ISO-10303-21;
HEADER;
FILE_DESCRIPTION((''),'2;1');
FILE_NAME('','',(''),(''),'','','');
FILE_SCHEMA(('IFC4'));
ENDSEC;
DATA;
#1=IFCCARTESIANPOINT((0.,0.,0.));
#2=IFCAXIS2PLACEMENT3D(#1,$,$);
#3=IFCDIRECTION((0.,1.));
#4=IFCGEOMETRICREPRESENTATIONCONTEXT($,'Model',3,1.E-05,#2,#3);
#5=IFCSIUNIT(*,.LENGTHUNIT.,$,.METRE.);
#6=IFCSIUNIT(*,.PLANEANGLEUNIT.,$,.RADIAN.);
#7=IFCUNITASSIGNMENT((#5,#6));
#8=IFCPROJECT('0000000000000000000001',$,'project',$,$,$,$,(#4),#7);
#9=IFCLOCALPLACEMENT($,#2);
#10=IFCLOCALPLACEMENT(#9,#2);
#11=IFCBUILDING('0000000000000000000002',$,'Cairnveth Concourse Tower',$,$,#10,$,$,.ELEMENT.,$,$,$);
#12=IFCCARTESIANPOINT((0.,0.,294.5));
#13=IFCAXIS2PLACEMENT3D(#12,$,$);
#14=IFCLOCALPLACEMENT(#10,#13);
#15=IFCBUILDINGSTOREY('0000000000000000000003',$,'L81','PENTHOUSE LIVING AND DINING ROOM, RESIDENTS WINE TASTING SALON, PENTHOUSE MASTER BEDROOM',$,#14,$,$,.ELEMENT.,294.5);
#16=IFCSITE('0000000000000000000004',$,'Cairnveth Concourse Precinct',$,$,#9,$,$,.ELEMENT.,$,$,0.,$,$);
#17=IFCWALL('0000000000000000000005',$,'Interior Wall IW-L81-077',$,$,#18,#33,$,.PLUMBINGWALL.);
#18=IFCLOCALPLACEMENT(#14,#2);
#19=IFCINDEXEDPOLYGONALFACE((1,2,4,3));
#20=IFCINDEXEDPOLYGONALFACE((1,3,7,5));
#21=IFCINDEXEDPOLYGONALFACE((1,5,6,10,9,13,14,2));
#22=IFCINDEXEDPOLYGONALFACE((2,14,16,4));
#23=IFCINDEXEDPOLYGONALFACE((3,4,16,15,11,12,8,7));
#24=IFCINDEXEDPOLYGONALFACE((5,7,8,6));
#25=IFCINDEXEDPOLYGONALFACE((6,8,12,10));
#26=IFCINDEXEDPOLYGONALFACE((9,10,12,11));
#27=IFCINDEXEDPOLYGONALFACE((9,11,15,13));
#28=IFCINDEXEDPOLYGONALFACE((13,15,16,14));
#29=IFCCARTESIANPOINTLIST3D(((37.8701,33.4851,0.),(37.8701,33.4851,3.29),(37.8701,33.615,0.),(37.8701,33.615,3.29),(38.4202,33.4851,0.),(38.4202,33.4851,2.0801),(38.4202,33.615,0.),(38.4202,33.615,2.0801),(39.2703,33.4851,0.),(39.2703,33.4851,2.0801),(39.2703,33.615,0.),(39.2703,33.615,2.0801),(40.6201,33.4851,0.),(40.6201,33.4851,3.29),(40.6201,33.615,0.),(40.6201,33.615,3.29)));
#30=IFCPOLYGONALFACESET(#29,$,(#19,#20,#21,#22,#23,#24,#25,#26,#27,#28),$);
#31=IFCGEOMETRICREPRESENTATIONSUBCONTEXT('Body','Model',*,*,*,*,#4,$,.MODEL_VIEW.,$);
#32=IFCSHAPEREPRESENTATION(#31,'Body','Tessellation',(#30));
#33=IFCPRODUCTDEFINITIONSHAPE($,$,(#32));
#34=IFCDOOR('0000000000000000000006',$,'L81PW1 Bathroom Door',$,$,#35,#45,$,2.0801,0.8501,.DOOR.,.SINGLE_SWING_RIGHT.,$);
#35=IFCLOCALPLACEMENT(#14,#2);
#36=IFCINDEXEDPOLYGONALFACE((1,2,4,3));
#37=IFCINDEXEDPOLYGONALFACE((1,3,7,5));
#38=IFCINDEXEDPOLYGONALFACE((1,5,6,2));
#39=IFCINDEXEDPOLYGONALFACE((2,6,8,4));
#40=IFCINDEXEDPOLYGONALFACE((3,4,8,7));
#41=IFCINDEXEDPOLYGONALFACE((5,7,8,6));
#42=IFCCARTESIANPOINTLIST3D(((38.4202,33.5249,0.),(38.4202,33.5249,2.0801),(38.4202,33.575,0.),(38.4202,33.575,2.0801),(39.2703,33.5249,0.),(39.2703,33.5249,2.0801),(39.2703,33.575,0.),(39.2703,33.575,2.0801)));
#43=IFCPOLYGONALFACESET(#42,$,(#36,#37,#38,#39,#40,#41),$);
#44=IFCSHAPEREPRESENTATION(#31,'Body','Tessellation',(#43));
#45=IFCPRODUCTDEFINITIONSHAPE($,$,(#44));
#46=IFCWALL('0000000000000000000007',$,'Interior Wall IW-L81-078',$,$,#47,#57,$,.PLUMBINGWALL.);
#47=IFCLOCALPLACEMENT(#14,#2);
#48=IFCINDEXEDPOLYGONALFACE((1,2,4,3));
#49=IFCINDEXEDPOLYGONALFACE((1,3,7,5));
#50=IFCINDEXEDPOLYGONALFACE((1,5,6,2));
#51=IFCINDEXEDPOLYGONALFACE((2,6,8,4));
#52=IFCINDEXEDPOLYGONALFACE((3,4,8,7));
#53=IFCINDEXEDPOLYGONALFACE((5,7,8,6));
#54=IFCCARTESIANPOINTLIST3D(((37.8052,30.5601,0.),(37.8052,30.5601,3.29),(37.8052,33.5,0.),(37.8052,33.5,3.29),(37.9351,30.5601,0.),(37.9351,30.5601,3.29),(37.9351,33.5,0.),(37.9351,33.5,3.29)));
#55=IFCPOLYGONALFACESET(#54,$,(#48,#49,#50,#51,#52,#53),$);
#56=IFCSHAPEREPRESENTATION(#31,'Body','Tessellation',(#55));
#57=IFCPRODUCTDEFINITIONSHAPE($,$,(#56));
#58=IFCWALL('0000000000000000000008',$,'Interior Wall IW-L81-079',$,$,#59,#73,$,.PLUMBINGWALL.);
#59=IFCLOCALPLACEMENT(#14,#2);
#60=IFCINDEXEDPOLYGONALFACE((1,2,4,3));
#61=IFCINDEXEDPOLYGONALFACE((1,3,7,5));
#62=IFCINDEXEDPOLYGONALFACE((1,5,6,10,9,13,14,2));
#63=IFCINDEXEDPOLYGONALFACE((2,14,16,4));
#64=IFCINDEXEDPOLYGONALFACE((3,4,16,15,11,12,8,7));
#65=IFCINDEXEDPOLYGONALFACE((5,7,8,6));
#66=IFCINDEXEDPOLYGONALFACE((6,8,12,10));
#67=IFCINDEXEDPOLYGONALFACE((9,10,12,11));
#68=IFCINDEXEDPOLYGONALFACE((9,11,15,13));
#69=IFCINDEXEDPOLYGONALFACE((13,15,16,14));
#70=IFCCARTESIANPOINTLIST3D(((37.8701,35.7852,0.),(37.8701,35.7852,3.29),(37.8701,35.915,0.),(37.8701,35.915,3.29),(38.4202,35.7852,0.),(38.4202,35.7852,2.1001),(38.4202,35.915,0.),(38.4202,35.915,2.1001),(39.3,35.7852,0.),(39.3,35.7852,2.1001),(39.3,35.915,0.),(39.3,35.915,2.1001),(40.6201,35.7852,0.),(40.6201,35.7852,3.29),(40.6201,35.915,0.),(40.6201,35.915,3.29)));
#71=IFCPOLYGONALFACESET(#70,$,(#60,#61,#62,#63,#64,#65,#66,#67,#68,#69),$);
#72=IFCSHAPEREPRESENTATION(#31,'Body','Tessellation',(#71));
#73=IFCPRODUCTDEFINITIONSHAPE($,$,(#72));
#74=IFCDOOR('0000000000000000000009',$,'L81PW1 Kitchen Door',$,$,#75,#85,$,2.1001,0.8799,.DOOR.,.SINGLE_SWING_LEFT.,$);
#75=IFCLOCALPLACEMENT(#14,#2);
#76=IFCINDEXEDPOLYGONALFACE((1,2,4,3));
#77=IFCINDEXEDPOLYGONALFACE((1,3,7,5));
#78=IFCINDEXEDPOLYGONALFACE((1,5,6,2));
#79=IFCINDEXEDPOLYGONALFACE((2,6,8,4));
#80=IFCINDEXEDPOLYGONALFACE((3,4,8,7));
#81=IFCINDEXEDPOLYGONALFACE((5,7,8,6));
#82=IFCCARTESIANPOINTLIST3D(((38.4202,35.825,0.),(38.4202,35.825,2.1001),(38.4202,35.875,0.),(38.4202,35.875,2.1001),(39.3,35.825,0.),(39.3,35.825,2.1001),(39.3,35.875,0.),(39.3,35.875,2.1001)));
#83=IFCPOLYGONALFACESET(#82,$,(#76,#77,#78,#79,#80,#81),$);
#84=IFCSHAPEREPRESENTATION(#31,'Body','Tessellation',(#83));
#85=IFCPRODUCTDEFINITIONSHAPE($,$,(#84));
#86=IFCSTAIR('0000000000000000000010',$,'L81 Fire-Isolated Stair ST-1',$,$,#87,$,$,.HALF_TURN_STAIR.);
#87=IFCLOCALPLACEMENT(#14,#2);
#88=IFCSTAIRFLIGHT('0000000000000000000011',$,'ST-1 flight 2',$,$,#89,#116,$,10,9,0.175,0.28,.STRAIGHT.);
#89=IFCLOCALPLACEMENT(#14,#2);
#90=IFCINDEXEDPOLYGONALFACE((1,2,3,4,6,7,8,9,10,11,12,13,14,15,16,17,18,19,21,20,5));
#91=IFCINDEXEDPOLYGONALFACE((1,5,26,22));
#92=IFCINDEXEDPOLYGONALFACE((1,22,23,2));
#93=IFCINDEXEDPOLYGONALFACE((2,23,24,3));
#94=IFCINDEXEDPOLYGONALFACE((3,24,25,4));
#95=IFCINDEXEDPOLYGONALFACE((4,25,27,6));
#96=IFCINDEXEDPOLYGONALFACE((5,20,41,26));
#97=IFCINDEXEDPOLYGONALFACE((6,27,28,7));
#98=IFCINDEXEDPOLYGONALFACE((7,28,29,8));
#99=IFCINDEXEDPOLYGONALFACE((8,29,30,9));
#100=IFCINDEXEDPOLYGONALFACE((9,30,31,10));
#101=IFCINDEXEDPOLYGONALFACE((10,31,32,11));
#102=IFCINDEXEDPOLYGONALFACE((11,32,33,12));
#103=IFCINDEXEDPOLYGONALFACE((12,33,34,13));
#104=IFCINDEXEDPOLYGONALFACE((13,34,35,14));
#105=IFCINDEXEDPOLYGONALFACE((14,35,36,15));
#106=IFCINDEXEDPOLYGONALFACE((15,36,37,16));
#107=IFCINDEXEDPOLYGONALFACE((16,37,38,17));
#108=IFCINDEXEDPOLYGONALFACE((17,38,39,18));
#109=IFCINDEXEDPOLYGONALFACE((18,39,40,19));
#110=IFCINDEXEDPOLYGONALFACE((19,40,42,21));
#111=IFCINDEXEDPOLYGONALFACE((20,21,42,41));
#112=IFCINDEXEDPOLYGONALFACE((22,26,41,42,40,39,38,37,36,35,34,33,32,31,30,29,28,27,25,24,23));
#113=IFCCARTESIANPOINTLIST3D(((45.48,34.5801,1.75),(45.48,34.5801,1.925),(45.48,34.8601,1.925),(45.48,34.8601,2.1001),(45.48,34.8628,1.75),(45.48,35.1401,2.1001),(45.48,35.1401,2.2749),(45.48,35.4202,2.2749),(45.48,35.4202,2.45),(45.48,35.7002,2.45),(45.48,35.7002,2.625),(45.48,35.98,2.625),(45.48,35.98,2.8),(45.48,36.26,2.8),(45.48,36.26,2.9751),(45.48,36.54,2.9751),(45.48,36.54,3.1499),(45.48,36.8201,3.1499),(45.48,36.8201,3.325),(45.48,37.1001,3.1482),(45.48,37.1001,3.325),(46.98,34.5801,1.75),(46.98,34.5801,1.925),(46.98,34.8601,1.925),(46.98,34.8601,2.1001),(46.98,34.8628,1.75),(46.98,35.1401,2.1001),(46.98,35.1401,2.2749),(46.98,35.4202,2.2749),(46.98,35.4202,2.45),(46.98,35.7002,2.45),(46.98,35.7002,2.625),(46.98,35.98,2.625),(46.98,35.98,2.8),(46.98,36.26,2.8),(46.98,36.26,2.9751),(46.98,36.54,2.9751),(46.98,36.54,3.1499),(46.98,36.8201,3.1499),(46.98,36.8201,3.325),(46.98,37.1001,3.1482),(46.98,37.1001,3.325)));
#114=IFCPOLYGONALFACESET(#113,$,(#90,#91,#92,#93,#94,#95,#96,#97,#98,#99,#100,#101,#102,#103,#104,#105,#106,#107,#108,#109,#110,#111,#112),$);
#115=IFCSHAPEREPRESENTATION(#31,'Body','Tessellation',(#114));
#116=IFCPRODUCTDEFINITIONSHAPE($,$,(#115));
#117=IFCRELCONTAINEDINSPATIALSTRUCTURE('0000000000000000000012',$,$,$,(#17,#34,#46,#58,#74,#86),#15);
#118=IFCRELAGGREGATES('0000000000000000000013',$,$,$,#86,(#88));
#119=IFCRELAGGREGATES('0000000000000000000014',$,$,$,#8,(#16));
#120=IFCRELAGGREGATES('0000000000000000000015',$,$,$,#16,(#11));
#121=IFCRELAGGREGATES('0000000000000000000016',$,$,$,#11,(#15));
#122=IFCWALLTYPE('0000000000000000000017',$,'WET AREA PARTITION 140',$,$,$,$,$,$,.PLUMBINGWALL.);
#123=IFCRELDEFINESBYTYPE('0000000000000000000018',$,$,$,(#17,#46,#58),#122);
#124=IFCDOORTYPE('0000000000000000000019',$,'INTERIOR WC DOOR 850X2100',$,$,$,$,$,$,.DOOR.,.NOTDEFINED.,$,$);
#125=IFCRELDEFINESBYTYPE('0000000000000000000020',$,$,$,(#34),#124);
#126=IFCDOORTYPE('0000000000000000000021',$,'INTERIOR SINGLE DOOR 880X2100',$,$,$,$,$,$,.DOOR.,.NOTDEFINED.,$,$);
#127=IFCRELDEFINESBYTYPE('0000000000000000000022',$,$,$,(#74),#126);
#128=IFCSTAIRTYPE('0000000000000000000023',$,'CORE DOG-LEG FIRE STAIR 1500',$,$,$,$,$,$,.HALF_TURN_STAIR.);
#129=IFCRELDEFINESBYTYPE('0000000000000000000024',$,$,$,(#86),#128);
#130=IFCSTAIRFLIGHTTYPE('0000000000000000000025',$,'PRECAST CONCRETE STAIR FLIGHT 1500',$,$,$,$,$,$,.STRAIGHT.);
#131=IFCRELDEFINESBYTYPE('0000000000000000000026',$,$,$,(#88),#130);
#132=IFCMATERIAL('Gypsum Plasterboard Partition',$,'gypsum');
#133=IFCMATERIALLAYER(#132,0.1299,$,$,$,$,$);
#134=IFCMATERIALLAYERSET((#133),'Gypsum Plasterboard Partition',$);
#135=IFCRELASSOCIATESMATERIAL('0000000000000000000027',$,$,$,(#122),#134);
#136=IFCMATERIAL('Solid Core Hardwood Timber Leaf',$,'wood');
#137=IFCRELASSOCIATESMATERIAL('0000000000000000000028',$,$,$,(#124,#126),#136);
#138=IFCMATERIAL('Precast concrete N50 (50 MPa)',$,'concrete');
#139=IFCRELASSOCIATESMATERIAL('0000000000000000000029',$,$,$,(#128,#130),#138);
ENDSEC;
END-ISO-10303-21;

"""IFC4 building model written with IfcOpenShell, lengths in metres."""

from ifc_helpers import new_model, si_unit, direction, frame, frame_2d, origin, place, context, subcontext, project, spatial, polyline, rectangle, outline, extrude, material, layer, layer_set, type_object, element, fill, aggregate, save


model = new_model("IFC4")

# Units and contexts
model_context = context("Model", 3, precision=1e-05, world=origin(), true_north=direction((0.0, 1.0)))
body_context = subcontext(model_context, "Body", "Model", "MODEL_VIEW")
ifc_project = project(units=[si_unit("LENGTHUNIT", "METRE"), si_unit("PLANEANGLEUNIT", "RADIAN")], contexts=[model_context])

# Site, building, storey
site_placement = place(None, origin())
site = spatial("IfcSite", under=ifc_project, at=site_placement, Name="Cairnveth Concourse Precinct", CompositionType="ELEMENT", RefElevation=0.0)
building_placement = place(site_placement, origin())
building = spatial("IfcBuilding", under=site, at=building_placement, Name="Cairnveth Concourse Tower", CompositionType="ELEMENT")
storey_placement = place(building_placement, frame((0.0, 0.0, 294.5)))
storey = spatial("IfcBuildingStorey", under=building, at=storey_placement, Name="L81", Description="PENTHOUSE LIVING AND DINING ROOM, RESIDENTS WINE TASTING SALON, PENTHOUSE MASTER BEDROOM", CompositionType="ELEMENT", Elevation=294.5)

# Shared definitions
ifc_material_1 = material(Name="Gypsum Plasterboard Partition", Category="gypsum")

# Shared definitions
ifc_material_2 = material(Name="Solid Core Hardwood Timber Leaf", Category="wood")

# Wall, opening, door
ifc_layer_1 = layer(ifc_material_1, 0.1299)
ifc_layer_set_1 = layer_set([ifc_layer_1], Name="Gypsum Plasterboard Partition")
wall_type_1 = type_object("IfcWallType", Name="WET AREA PARTITION 140", PredefinedType="PLUMBINGWALL", material=ifc_layer_set_1)
wall_1_placement = place(storey_placement, frame((37.8701, 33.55, 0.0), z_axis=(0.0, 0.0, 1.0), x_axis=(1.0, 0.0, 0.0)))
wall_1 = element("IfcWall", 1, at=wall_1_placement, inside=storey, type_object=wall_type_1, Name="Interior Wall IW-L81-077", PredefinedType="PLUMBINGWALL", context=body_context, shape_type="SweptSolid", body=[
    extrude(rectangle(XDim=2.75, YDim=0.1299, at=frame_2d((1.375, 0.0))), origin(), (0.0, 0.0, 1.0), 3.29),
])
opening_1_placement = place(wall_1_placement, frame((0.55, 0.0, 0.0)))
opening_1 = element("IfcOpeningElement", 2, at=opening_1_placement, cuts=wall_1, PredefinedType="OPENING", context=body_context, shape_type="SweptSolid", body=[
    extrude(rectangle(XDim=0.8501, YDim=2.0801, at=frame_2d((0.425, 1.04))), frame((0.0, 0.075, 0.0), z_axis=(0.0, -1.0, 0.0), x_axis=(1.0, 0.0, 0.0)), (0.0, 0.0, 1.0), 0.1499),
])
door_type_1 = type_object("IfcDoorType", Name="INTERIOR WC DOOR 850X2100", OperationType="NOTDEFINED", PredefinedType="DOOR", material=ifc_material_2)
door_1_placement = place(opening_1_placement, origin())
door_1 = element("IfcDoor", 3, at=door_1_placement, inside=storey, type_object=door_type_1, Name="L81PW1 Bathroom Door", OperationType="SINGLE_SWING_RIGHT", OverallHeight=2.0801, OverallWidth=0.8501, PredefinedType="DOOR", context=body_context, shape_type="SweptSolid", body=[
    extrude(rectangle(XDim=0.8501, YDim=2.0801, at=frame_2d((0.425, 1.04))), frame((0.0, 0.0249, 0.0), z_axis=(0.0, -1.0, 0.0), x_axis=(1.0, 0.0, 0.0)), (0.0, 0.0, 1.0), 0.05),
])
fill(opening_1, door_1)

# Wall
wall_2_placement = place(storey_placement, frame((37.8701, 30.5601, 0.0), z_axis=(0.0, 0.0, 1.0), x_axis=(0.0, 1.0, 0.0)))
element("IfcWall", 4, at=wall_2_placement, inside=storey, type_object=wall_type_1, Name="Interior Wall IW-L81-078", PredefinedType="PLUMBINGWALL", context=body_context, shape_type="SweptSolid", body=[
    extrude(rectangle(XDim=2.9399, YDim=0.1299, at=frame_2d((1.47, 0.0))), origin(), (0.0, 0.0, 1.0), 3.29),
])

# Wall, opening, door
wall_3_placement = place(storey_placement, frame((37.8701, 35.8501, 0.0), z_axis=(0.0, 0.0, 1.0), x_axis=(1.0, 0.0, 0.0)))
wall_3 = element("IfcWall", 5, at=wall_3_placement, inside=storey, type_object=wall_type_1, Name="Interior Wall IW-L81-079", PredefinedType="PLUMBINGWALL", context=body_context, shape_type="SweptSolid", body=[
    extrude(rectangle(XDim=2.75, YDim=0.1299, at=frame_2d((1.375, 0.0))), origin(), (0.0, 0.0, 1.0), 3.29),
])
opening_2_placement = place(wall_3_placement, frame((0.55, 0.0, 0.0)))
opening_2 = element("IfcOpeningElement", 6, at=opening_2_placement, cuts=wall_3, PredefinedType="OPENING", context=body_context, shape_type="SweptSolid", body=[
    extrude(rectangle(XDim=0.8799, YDim=2.1001, at=frame_2d((0.4399, 1.05))), frame((0.0, 0.075, 0.0), z_axis=(0.0, -1.0, 0.0), x_axis=(1.0, 0.0, 0.0)), (0.0, 0.0, 1.0), 0.1499),
])
door_type_2 = type_object("IfcDoorType", Name="INTERIOR SINGLE DOOR 880X2100", OperationType="NOTDEFINED", PredefinedType="DOOR", material=ifc_material_2)
door_2_placement = place(opening_2_placement, origin())
door_2 = element("IfcDoor", 7, at=door_2_placement, inside=storey, type_object=door_type_2, Name="L81PW1 Kitchen Door", OperationType="SINGLE_SWING_LEFT", OverallHeight=2.1001, OverallWidth=0.8799, PredefinedType="DOOR", context=body_context, shape_type="SweptSolid", body=[
    extrude(rectangle(XDim=0.8799, YDim=2.1001, at=frame_2d((0.4399, 1.05))), frame((0.0, 0.0249, 0.0), z_axis=(0.0, -1.0, 0.0), x_axis=(1.0, 0.0, 0.0)), (0.0, 0.0, 1.0), 0.05),
])
fill(opening_2, door_2)

# Stair, stair flight
ifc_material_3 = material(Name="Precast concrete N50 (50 MPa)", Category="concrete")
stair_type = type_object("IfcStairType", Name="CORE DOG-LEG FIRE STAIR 1500", PredefinedType="HALF_TURN_STAIR", material=ifc_material_3)
stair_placement = place(storey_placement, origin())
stair = element("IfcStair", 8, at=stair_placement, inside=storey, type_object=stair_type, Name="L81 Fire-Isolated Stair ST-1", PredefinedType="HALF_TURN_STAIR")
stair_flight_type = type_object("IfcStairFlightType", Name="PRECAST CONCRETE STAIR FLIGHT 1500", PredefinedType="STRAIGHT", material=ifc_material_3)
stair_flight_placement = place(storey_placement, frame((46.23, 34.5801, 1.75), z_axis=(0.0, 0.0, 1.0), x_axis=(0.0, 1.0, 0.0)))
stair_flight = element("IfcStairFlight", 9, at=stair_flight_placement, type_object=stair_flight_type, Name="ST-1 flight 2", NumberOfRisers=10, NumberOfTreads=9, PredefinedType="STRAIGHT", RiserHeight=0.175, TreadLength=0.28, context=body_context, shape_type="SweptSolid", body=[
    extrude(outline(polyline([(0.0, 0.0), (0.0, 0.175), (0.28, 0.175), (0.28, 0.3501), (0.5601, 0.3501), (0.5601, 0.5249), (0.8401, 0.5249), (0.8401, 0.7), (1.1201, 0.7), (1.1201, 0.875), (1.3999, 0.875), (1.3999, 1.05), (1.6799, 1.05), (1.6799, 1.2251), (1.96, 1.2251), (1.96, 1.3999), (2.24, 1.3999), (2.24, 1.575), (2.52, 1.575), (2.52, 1.75), (2.52, 1.3982), (0.2827, 0.0), (0.0, 0.0)])), frame((0.0, 0.75, 0.0), z_axis=(0.0, -1.0, 0.0), x_axis=(1.0, 0.0, 0.0)), (0.0, 0.0, 1.0), 1.5),
])
aggregate(stair, [stair_flight])

save(model, "model.ifc")
